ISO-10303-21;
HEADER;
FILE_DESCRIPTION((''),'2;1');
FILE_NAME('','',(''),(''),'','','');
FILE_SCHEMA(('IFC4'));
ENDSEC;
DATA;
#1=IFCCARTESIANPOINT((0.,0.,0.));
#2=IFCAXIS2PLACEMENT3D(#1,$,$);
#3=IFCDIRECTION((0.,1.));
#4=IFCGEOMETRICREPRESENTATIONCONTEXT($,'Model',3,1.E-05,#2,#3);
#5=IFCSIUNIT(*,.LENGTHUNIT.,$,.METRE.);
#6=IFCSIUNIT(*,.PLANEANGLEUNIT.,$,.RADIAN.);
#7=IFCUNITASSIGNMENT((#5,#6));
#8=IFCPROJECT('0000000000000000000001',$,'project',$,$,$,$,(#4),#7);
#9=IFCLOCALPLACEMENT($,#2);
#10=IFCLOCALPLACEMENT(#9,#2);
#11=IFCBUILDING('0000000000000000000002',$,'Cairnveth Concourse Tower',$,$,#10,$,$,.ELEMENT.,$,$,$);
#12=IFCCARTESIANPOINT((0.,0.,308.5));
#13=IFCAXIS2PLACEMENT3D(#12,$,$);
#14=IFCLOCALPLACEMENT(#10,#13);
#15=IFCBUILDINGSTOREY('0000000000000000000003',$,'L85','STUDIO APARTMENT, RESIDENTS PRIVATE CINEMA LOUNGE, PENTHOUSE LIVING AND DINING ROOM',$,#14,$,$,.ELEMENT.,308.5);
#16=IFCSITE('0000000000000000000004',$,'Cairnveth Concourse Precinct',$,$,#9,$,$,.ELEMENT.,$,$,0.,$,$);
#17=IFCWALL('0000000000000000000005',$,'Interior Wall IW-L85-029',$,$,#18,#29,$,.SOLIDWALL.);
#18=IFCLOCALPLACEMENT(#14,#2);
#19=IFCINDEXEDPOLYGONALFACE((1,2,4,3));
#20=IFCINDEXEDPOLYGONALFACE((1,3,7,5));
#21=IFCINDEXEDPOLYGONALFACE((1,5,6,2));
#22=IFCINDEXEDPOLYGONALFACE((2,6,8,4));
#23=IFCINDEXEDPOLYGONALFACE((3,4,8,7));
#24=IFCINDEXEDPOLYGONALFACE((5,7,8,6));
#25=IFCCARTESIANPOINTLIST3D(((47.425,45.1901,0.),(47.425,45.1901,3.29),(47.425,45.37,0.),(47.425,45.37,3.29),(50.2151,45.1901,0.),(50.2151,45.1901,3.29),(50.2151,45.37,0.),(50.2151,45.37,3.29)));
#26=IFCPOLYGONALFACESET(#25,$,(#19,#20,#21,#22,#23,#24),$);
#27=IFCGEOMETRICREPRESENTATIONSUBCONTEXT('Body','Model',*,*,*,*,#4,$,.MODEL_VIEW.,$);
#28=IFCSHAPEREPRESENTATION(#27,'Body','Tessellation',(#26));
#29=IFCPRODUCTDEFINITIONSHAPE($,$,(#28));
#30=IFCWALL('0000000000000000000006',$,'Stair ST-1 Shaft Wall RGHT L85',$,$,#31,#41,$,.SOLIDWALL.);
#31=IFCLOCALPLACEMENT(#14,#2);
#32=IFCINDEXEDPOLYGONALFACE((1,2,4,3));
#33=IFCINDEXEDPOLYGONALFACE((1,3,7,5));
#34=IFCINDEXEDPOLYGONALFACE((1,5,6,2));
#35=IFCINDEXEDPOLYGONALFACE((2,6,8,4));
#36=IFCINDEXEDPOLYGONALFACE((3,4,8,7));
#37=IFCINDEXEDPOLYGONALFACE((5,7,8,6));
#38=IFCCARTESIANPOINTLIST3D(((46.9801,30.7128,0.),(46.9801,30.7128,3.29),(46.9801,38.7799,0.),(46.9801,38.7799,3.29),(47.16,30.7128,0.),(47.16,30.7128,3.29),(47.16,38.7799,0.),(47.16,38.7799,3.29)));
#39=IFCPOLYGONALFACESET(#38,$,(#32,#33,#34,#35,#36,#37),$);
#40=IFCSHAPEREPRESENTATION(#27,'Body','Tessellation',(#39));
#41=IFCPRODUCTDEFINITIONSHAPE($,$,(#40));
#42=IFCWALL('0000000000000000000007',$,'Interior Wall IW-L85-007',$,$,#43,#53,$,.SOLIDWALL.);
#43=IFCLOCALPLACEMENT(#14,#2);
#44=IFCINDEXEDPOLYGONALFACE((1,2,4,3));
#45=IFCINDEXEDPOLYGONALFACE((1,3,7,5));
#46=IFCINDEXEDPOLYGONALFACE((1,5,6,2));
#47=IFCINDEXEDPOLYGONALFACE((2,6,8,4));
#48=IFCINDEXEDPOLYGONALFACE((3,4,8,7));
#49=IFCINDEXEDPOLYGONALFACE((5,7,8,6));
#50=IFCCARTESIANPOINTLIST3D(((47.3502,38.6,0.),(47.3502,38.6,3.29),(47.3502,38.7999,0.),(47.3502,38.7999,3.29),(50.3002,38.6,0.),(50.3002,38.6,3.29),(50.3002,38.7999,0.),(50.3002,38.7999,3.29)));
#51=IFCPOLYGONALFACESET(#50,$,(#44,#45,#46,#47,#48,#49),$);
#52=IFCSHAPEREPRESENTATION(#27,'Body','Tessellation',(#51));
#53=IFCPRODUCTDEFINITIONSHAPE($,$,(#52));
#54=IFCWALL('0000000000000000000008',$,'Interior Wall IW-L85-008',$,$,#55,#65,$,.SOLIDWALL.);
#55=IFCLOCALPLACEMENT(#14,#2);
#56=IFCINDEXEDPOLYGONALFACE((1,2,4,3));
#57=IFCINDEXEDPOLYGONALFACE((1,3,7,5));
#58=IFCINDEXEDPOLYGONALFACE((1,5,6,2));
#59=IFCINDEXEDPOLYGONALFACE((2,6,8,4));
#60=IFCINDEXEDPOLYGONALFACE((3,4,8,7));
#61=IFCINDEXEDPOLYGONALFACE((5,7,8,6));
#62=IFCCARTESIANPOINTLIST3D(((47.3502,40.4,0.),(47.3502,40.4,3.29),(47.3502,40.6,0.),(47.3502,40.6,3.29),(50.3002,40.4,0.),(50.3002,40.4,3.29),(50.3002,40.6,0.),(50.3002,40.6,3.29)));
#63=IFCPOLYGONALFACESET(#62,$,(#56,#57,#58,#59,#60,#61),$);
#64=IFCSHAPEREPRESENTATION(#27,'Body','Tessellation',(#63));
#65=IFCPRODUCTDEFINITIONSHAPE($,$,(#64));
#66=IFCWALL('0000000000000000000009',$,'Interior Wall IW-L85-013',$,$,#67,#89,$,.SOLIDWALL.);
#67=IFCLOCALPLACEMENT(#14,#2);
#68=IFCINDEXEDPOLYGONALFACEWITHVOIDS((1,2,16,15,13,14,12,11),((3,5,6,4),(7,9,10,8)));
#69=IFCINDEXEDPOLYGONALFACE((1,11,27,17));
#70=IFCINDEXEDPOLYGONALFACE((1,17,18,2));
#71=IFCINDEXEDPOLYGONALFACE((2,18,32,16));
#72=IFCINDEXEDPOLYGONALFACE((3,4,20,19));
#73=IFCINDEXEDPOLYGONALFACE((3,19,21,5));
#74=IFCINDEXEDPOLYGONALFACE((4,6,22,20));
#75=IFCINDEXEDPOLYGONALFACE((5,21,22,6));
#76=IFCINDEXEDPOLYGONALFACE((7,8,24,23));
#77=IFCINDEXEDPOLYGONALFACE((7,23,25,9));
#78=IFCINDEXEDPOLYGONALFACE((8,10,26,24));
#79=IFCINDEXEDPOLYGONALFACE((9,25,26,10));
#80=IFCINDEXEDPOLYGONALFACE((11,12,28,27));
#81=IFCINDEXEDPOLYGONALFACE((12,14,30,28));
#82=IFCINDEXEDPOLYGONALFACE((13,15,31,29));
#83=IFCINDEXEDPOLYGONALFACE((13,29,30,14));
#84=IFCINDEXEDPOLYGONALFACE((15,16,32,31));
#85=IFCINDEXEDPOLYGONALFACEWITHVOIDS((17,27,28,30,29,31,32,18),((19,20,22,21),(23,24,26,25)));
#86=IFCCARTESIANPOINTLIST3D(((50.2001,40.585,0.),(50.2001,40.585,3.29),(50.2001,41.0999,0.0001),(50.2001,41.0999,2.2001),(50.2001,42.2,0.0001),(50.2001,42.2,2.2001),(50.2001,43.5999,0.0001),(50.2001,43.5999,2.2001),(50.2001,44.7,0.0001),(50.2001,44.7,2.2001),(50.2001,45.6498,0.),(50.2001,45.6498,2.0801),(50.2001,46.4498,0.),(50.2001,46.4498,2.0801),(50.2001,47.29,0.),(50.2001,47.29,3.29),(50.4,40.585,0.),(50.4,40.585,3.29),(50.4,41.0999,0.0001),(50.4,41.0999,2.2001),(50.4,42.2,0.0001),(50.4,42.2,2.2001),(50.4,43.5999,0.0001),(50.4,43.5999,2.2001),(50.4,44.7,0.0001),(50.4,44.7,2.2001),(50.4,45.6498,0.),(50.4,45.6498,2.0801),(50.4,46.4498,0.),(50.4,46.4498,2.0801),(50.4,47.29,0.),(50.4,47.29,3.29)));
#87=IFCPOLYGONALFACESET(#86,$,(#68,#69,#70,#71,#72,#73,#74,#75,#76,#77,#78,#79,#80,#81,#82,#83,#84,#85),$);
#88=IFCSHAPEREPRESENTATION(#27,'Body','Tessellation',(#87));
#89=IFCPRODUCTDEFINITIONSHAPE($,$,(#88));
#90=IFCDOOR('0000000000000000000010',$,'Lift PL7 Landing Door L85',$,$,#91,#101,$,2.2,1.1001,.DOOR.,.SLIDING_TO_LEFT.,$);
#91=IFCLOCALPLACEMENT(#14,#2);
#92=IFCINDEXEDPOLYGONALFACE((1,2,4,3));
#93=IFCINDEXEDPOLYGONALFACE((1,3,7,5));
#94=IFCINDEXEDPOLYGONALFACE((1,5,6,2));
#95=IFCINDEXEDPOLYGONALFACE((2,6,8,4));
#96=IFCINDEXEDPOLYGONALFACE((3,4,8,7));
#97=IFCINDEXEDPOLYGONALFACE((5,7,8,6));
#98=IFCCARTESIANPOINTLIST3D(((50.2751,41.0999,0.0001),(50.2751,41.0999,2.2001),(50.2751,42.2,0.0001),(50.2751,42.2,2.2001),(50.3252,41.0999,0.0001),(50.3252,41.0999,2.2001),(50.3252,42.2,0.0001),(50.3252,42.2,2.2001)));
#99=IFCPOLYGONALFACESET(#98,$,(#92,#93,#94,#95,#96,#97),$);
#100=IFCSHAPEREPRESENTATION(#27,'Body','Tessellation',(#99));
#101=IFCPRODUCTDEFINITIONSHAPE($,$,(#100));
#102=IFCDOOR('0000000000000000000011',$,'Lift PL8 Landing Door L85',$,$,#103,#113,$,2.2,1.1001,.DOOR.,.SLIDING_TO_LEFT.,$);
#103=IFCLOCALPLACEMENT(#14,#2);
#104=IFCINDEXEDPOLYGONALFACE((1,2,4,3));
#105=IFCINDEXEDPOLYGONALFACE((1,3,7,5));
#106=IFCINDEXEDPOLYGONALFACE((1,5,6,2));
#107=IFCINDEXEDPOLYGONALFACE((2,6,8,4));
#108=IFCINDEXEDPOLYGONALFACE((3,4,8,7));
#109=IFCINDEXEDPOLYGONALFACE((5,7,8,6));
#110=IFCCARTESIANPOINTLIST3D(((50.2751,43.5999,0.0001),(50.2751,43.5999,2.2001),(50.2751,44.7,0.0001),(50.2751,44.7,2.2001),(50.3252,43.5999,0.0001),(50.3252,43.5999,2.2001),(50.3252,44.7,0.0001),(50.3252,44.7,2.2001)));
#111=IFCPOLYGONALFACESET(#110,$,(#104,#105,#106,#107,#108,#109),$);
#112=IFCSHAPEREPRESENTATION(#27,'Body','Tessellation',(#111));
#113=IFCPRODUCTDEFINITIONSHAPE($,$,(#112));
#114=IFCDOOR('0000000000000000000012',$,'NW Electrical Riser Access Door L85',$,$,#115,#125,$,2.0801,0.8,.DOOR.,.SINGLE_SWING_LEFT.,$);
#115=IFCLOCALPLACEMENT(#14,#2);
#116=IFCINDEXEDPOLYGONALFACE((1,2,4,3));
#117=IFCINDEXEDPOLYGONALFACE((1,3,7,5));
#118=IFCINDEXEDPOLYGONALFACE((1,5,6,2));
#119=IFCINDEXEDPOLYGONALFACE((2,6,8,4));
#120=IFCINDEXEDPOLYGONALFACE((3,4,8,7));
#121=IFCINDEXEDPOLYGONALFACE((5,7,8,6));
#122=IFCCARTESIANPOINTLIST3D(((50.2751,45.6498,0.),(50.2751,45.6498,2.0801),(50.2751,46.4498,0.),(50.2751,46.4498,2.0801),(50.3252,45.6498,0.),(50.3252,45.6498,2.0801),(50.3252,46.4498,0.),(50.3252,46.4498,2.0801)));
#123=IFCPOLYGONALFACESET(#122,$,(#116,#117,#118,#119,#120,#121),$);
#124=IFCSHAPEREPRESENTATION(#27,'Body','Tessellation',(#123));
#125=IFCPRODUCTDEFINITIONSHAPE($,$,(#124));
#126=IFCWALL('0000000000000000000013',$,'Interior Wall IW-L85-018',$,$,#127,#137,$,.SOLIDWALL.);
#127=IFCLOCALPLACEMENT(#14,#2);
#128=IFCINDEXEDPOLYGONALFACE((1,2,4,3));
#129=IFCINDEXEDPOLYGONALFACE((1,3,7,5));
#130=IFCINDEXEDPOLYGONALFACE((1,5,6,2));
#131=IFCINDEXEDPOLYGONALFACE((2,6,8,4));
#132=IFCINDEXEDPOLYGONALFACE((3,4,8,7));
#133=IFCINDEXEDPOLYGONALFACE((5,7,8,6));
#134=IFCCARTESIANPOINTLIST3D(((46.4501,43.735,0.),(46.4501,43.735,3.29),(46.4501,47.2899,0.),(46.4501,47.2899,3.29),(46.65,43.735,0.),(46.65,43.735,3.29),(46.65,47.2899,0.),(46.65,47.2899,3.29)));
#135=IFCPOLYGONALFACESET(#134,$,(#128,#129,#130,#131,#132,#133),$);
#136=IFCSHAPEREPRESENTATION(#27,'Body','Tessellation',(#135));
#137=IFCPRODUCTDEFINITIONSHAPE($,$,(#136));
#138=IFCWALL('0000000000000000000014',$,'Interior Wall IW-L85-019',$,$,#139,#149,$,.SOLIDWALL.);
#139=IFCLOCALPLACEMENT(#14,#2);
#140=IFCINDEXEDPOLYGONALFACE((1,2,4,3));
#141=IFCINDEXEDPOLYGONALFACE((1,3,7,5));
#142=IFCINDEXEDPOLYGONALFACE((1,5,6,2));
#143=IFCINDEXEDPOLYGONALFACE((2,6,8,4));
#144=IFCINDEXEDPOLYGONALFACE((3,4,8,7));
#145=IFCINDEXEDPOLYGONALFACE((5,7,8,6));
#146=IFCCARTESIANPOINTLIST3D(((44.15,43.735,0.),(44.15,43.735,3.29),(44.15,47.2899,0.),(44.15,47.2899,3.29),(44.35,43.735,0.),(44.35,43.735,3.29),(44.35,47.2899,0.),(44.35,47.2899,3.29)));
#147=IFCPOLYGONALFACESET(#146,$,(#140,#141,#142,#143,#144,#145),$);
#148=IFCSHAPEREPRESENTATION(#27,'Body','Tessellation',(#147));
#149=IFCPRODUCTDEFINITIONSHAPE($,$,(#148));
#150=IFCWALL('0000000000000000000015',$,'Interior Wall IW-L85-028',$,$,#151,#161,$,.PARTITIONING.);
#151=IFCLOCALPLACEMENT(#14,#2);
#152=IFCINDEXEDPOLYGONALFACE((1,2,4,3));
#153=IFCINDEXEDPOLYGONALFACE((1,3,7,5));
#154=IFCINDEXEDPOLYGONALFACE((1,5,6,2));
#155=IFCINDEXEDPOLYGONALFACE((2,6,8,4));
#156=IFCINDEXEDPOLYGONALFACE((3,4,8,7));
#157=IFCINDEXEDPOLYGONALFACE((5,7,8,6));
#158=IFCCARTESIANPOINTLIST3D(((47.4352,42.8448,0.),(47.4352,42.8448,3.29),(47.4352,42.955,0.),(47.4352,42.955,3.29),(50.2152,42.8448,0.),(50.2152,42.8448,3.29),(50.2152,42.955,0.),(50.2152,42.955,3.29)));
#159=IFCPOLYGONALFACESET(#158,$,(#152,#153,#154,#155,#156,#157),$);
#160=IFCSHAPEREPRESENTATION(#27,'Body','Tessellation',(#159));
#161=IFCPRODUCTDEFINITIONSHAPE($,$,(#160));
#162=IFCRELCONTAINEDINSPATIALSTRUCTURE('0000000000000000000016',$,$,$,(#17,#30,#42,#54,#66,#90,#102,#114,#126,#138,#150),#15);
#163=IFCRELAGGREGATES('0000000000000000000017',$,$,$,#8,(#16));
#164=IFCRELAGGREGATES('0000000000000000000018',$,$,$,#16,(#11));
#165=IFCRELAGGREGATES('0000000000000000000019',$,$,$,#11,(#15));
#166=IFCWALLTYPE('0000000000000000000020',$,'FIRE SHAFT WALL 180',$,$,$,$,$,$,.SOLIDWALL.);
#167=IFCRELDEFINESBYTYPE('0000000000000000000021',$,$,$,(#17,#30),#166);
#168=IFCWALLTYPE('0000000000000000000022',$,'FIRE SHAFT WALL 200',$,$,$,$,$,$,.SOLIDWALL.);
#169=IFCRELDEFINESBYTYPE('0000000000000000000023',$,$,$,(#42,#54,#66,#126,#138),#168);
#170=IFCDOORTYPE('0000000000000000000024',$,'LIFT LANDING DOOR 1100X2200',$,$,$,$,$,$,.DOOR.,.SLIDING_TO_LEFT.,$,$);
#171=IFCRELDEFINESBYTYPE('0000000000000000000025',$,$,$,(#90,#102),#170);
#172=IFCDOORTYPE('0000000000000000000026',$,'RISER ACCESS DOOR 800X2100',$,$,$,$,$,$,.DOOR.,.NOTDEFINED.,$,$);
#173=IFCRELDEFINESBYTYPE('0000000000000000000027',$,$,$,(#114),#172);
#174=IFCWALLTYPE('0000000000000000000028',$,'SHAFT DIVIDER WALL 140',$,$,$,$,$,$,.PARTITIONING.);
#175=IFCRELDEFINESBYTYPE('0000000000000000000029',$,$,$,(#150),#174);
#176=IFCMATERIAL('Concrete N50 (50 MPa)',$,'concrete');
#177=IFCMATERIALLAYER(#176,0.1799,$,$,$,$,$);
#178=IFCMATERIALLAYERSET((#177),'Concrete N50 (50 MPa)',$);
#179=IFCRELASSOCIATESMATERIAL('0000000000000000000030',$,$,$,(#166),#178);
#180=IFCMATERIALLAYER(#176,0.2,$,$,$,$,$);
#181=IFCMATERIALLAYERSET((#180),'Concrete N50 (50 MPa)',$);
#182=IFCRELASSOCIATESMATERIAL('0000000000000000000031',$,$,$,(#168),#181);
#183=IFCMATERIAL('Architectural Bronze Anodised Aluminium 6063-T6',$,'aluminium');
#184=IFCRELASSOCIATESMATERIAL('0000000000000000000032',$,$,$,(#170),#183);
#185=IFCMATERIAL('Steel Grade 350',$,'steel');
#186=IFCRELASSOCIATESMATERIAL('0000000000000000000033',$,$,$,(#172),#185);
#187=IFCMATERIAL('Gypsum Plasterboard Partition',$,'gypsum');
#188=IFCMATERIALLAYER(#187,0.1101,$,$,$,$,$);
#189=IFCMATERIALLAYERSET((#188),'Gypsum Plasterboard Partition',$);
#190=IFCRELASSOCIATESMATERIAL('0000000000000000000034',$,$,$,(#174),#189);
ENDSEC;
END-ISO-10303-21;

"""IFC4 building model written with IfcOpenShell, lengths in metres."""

from ifc_helpers import new_model, si_unit, direction, frame, frame_2d, origin, place, context, subcontext, project, spatial, rectangle, extrude, material, layer, layer_set, type_object, element, fill, save


model = new_model("IFC4")

# Units and contexts
model_context = context("Model", 3, precision=1e-05, world=origin(), true_north=direction((0.0, 1.0)))
body_context = subcontext(model_context, "Body", "Model", "MODEL_VIEW")
ifc_project = project(units=[si_unit("LENGTHUNIT", "METRE"), si_unit("PLANEANGLEUNIT", "RADIAN")], contexts=[model_context])

# Site, building, storey
site_placement = place(None, origin())
site = spatial("IfcSite", under=ifc_project, at=site_placement, Name="Cairnveth Concourse Precinct", CompositionType="ELEMENT", RefElevation=0.0)
building_placement = place(site_placement, origin())
building = spatial("IfcBuilding", under=site, at=building_placement, Name="Cairnveth Concourse Tower", CompositionType="ELEMENT")
storey_placement = place(building_placement, frame((0.0, 0.0, 308.5)))
storey = spatial("IfcBuildingStorey", under=building, at=storey_placement, Name="L85", Description="STUDIO APARTMENT, RESIDENTS PRIVATE CINEMA LOUNGE, PENTHOUSE LIVING AND DINING ROOM", CompositionType="ELEMENT", Elevation=308.5)

# Shared definitions
ifc_material_1 = material(Name="Steel Grade 350", Category="steel")

# Walls
ifc_material_2 = material(Name="Concrete N50 (50 MPa)", Category="concrete")
ifc_layer_1 = layer(ifc_material_2, 0.1799)
ifc_layer_set_1 = layer_set([ifc_layer_1], Name="Concrete N50 (50 MPa)")
wall_type_1 = type_object("IfcWallType", Name="FIRE SHAFT WALL 180", PredefinedType="SOLIDWALL", material=ifc_layer_set_1)
wall_1_placement = place(storey_placement, frame((47.425, 45.28, 0.0), z_axis=(0.0, 0.0, 1.0), x_axis=(1.0, 0.0, 0.0)))
element("IfcWall", 1, at=wall_1_placement, inside=storey, type_object=wall_type_1, Name="Interior Wall IW-L85-029", PredefinedType="SOLIDWALL", context=body_context, shape_type="SweptSolid", body=[
    extrude(rectangle(XDim=2.79, YDim=0.1799, at=frame_2d((1.395, 0.0))), origin(), (0.0, 0.0, 1.0), 3.29),
])
wall_2_placement = place(storey_placement, frame((47.0701, 38.78, 0.0), z_axis=(0.0, 0.0, 1.0), x_axis=(0.0, -1.0, 0.0)))
element("IfcWall", 2, at=wall_2_placement, inside=storey, type_object=wall_type_1, Name="Stair ST-1 Shaft Wall RGHT L85", PredefinedType="SOLIDWALL", context=body_context, shape_type="SweptSolid", body=[
    extrude(rectangle(XDim=8.0671, YDim=0.1799, at=frame_2d((4.0337, 0.0))), origin(), (0.0, 0.0, 1.0), 3.29),
])
ifc_layer_2 = layer(ifc_material_2, 0.2)
ifc_layer_set_2 = layer_set([ifc_layer_2], Name="Concrete N50 (50 MPa)")
wall_type_2 = type_object("IfcWallType", Name="FIRE SHAFT WALL 200", PredefinedType="SOLIDWALL", material=ifc_layer_set_2)
for number, where, z_axis, x_axis, name in (
    (3, (47.3501, 38.7, 0.0), (0.0, 0.0, 1.0), (1.0, 0.0, 0.0), "Interior Wall IW-L85-007"),
    (4, (47.3501, 40.5, 0.0), (0.0, 0.0, 1.0), (1.0, 0.0, 0.0), "Interior Wall IW-L85-008"),
):
    element("IfcWall", number, at=place(storey_placement, frame(where, z_axis=z_axis, x_axis=x_axis)), inside=storey, type_object=wall_type_2, Name=name, PredefinedType="SOLIDWALL", context=body_context, shape_type="SweptSolid", body=[
        extrude(rectangle(XDim=2.95, YDim=0.2, at=frame_2d((1.4751, 0.0))), origin(), (0.0, 0.0, 1.0), 3.29),
    ])

# Wall, openings, doors
wall_3_placement = place(storey_placement, frame((50.3, 40.585, 0.0), z_axis=(0.0, 0.0, 1.0), x_axis=(0.0, 1.0, 0.0)))
wall_3 = element("IfcWall", 5, at=wall_3_placement, inside=storey, type_object=wall_type_2, Name="Interior Wall IW-L85-013", PredefinedType="SOLIDWALL", context=body_context, shape_type="SweptSolid", body=[
    extrude(rectangle(XDim=6.7051, YDim=0.2, at=frame_2d((3.3525, 0.0))), origin(), (0.0, 0.0, 1.0), 3.29),
])
opening_1_placement = place(wall_3_placement, frame((0.5149, 0.0, 0.0)))
opening_1 = element("IfcOpeningElement", 6, at=opening_1_placement, cuts=wall_3, PredefinedType="OPENING", context=body_context, shape_type="SweptSolid", body=[
    extrude(rectangle(XDim=1.1001, YDim=2.2, at=frame_2d((0.55, 1.1001))), frame((0.0, 0.1099, 0.0), z_axis=(0.0, -1.0, 0.0), x_axis=(1.0, 0.0, 0.0)), (0.0, 0.0, 1.0), 0.22),
])
opening_2_placement = place(wall_3_placement, frame((3.0149, 0.0, 0.0)))
opening_2 = element("IfcOpeningElement", 7, at=opening_2_placement, cuts=wall_3, PredefinedType="OPENING", context=body_context, shape_type="SweptSolid", body=[
    extrude(rectangle(XDim=1.1001, YDim=2.2, at=frame_2d((0.55, 1.1001))), frame((0.0, 0.1099, 0.0), z_axis=(0.0, -1.0, 0.0), x_axis=(1.0, 0.0, 0.0)), (0.0, 0.0, 1.0), 0.22),
])
opening_3_placement = place(wall_3_placement, frame((5.0649, 0.0, 0.0)))
opening_3 = element("IfcOpeningElement", 8, at=opening_3_placement, cuts=wall_3, PredefinedType="OPENING", context=body_context, shape_type="SweptSolid", body=[
    extrude(rectangle(XDim=0.8, YDim=2.0801, at=frame_2d((0.3999, 1.04))), frame((0.0, 0.1099, 0.0), z_axis=(0.0, -1.0, 0.0), x_axis=(1.0, 0.0, 0.0)), (0.0, 0.0, 1.0), 0.22),
])
ifc_material_3 = material(Name="Architectural Bronze Anodised Aluminium 6063-T6", Category="aluminium")
door_type_1 = type_object("IfcDoorType", Name="LIFT LANDING DOOR 1100X2200", OperationType="SLIDING_TO_LEFT", PredefinedType="DOOR", material=ifc_material_3)
door_1_placement = place(opening_1_placement, origin())
door_1 = element("IfcDoor", 9, at=door_1_placement, inside=storey, type_object=door_type_1, Name="Lift PL7 Landing Door L85", OperationType="SLIDING_TO_LEFT", OverallHeight=2.2, OverallWidth=1.1001, PredefinedType="DOOR", context=body_context, shape_type="SweptSolid", body=[
    extrude(rectangle(XDim=1.1001, YDim=2.2, at=frame_2d((0.55, 1.1001))), frame((0.0, 0.0249, 0.0), z_axis=(0.0, -1.0, 0.0), x_axis=(1.0, 0.0, 0.0)), (0.0, 0.0, 1.0), 0.05),
])
fill(opening_1, door_1)
door_2_placement = place(opening_2_placement, origin())
door_2 = element("IfcDoor", 10, at=door_2_placement, inside=storey, type_object=door_type_1, Name="Lift PL8 Landing Door L85", OperationType="SLIDING_TO_LEFT", OverallHeight=2.2, OverallWidth=1.1001, PredefinedType="DOOR", context=body_context, shape_type="SweptSolid", body=[
    extrude(rectangle(XDim=1.1001, YDim=2.2, at=frame_2d((0.55, 1.1001))), frame((0.0, 0.0249, 0.0), z_axis=(0.0, -1.0, 0.0), x_axis=(1.0, 0.0, 0.0)), (0.0, 0.0, 1.0), 0.05),
])
fill(opening_2, door_2)
door_type_2 = type_object("IfcDoorType", Name="RISER ACCESS DOOR 800X2100", OperationType="NOTDEFINED", PredefinedType="DOOR", material=ifc_material_1)
door_3_placement = place(opening_3_placement, origin())
door_3 = element("IfcDoor", 11, at=door_3_placement, inside=storey, type_object=door_type_2, Name="NW Electrical Riser Access Door L85", OperationType="SINGLE_SWING_LEFT", OverallHeight=2.0801, OverallWidth=0.8, PredefinedType="DOOR", context=body_context, shape_type="SweptSolid", body=[
    extrude(rectangle(XDim=0.8, YDim=2.0801, at=frame_2d((0.3999, 1.04))), frame((0.0, 0.0249, 0.0), z_axis=(0.0, -1.0, 0.0), x_axis=(1.0, 0.0, 0.0)), (0.0, 0.0, 1.0), 0.05),
])
fill(opening_3, door_3)

# Walls
for number, where, z_axis, x_axis, name in (
    (12, (46.55, 43.7351, 0.0), (0.0, 0.0, 1.0), (0.0, 1.0, 0.0), "Interior Wall IW-L85-018"),
    (13, (44.25, 43.7351, 0.0), (0.0, 0.0, 1.0), (0.0, 1.0, 0.0), "Interior Wall IW-L85-019"),
):
    element("IfcWall", number, at=place(storey_placement, frame(where, z_axis=z_axis, x_axis=x_axis)), inside=storey, type_object=wall_type_2, Name=name, PredefinedType="SOLIDWALL", context=body_context, shape_type="SweptSolid", body=[
        extrude(rectangle(XDim=3.5549, YDim=0.2, at=frame_2d((1.7773, 0.0))), origin(), (0.0, 0.0, 1.0), 3.29),
    ])
ifc_material_4 = material(Name="Gypsum Plasterboard Partition", Category="gypsum")
ifc_layer_3 = layer(ifc_material_4, 0.1101)
ifc_layer_set_3 = layer_set([ifc_layer_3], Name="Gypsum Plasterboard Partition")
wall_type_3 = type_object("IfcWallType", Name="SHAFT DIVIDER WALL 140", PredefinedType="PARTITIONING", material=ifc_layer_set_3)
wall_4_placement = place(storey_placement, frame((47.4351, 42.8999, 0.0), z_axis=(0.0, 0.0, 1.0), x_axis=(1.0, 0.0, 0.0)))
element("IfcWall", 14, at=wall_4_placement, inside=storey, type_object=wall_type_3, Name="Interior Wall IW-L85-028", PredefinedType="PARTITIONING", context=body_context, shape_type="SweptSolid", body=[
    extrude(rectangle(XDim=2.78, YDim=0.1101, at=frame_2d((1.3901, 0.0))), origin(), (0.0, 0.0, 1.0), 3.29),
])

save(model, "model.ifc")
